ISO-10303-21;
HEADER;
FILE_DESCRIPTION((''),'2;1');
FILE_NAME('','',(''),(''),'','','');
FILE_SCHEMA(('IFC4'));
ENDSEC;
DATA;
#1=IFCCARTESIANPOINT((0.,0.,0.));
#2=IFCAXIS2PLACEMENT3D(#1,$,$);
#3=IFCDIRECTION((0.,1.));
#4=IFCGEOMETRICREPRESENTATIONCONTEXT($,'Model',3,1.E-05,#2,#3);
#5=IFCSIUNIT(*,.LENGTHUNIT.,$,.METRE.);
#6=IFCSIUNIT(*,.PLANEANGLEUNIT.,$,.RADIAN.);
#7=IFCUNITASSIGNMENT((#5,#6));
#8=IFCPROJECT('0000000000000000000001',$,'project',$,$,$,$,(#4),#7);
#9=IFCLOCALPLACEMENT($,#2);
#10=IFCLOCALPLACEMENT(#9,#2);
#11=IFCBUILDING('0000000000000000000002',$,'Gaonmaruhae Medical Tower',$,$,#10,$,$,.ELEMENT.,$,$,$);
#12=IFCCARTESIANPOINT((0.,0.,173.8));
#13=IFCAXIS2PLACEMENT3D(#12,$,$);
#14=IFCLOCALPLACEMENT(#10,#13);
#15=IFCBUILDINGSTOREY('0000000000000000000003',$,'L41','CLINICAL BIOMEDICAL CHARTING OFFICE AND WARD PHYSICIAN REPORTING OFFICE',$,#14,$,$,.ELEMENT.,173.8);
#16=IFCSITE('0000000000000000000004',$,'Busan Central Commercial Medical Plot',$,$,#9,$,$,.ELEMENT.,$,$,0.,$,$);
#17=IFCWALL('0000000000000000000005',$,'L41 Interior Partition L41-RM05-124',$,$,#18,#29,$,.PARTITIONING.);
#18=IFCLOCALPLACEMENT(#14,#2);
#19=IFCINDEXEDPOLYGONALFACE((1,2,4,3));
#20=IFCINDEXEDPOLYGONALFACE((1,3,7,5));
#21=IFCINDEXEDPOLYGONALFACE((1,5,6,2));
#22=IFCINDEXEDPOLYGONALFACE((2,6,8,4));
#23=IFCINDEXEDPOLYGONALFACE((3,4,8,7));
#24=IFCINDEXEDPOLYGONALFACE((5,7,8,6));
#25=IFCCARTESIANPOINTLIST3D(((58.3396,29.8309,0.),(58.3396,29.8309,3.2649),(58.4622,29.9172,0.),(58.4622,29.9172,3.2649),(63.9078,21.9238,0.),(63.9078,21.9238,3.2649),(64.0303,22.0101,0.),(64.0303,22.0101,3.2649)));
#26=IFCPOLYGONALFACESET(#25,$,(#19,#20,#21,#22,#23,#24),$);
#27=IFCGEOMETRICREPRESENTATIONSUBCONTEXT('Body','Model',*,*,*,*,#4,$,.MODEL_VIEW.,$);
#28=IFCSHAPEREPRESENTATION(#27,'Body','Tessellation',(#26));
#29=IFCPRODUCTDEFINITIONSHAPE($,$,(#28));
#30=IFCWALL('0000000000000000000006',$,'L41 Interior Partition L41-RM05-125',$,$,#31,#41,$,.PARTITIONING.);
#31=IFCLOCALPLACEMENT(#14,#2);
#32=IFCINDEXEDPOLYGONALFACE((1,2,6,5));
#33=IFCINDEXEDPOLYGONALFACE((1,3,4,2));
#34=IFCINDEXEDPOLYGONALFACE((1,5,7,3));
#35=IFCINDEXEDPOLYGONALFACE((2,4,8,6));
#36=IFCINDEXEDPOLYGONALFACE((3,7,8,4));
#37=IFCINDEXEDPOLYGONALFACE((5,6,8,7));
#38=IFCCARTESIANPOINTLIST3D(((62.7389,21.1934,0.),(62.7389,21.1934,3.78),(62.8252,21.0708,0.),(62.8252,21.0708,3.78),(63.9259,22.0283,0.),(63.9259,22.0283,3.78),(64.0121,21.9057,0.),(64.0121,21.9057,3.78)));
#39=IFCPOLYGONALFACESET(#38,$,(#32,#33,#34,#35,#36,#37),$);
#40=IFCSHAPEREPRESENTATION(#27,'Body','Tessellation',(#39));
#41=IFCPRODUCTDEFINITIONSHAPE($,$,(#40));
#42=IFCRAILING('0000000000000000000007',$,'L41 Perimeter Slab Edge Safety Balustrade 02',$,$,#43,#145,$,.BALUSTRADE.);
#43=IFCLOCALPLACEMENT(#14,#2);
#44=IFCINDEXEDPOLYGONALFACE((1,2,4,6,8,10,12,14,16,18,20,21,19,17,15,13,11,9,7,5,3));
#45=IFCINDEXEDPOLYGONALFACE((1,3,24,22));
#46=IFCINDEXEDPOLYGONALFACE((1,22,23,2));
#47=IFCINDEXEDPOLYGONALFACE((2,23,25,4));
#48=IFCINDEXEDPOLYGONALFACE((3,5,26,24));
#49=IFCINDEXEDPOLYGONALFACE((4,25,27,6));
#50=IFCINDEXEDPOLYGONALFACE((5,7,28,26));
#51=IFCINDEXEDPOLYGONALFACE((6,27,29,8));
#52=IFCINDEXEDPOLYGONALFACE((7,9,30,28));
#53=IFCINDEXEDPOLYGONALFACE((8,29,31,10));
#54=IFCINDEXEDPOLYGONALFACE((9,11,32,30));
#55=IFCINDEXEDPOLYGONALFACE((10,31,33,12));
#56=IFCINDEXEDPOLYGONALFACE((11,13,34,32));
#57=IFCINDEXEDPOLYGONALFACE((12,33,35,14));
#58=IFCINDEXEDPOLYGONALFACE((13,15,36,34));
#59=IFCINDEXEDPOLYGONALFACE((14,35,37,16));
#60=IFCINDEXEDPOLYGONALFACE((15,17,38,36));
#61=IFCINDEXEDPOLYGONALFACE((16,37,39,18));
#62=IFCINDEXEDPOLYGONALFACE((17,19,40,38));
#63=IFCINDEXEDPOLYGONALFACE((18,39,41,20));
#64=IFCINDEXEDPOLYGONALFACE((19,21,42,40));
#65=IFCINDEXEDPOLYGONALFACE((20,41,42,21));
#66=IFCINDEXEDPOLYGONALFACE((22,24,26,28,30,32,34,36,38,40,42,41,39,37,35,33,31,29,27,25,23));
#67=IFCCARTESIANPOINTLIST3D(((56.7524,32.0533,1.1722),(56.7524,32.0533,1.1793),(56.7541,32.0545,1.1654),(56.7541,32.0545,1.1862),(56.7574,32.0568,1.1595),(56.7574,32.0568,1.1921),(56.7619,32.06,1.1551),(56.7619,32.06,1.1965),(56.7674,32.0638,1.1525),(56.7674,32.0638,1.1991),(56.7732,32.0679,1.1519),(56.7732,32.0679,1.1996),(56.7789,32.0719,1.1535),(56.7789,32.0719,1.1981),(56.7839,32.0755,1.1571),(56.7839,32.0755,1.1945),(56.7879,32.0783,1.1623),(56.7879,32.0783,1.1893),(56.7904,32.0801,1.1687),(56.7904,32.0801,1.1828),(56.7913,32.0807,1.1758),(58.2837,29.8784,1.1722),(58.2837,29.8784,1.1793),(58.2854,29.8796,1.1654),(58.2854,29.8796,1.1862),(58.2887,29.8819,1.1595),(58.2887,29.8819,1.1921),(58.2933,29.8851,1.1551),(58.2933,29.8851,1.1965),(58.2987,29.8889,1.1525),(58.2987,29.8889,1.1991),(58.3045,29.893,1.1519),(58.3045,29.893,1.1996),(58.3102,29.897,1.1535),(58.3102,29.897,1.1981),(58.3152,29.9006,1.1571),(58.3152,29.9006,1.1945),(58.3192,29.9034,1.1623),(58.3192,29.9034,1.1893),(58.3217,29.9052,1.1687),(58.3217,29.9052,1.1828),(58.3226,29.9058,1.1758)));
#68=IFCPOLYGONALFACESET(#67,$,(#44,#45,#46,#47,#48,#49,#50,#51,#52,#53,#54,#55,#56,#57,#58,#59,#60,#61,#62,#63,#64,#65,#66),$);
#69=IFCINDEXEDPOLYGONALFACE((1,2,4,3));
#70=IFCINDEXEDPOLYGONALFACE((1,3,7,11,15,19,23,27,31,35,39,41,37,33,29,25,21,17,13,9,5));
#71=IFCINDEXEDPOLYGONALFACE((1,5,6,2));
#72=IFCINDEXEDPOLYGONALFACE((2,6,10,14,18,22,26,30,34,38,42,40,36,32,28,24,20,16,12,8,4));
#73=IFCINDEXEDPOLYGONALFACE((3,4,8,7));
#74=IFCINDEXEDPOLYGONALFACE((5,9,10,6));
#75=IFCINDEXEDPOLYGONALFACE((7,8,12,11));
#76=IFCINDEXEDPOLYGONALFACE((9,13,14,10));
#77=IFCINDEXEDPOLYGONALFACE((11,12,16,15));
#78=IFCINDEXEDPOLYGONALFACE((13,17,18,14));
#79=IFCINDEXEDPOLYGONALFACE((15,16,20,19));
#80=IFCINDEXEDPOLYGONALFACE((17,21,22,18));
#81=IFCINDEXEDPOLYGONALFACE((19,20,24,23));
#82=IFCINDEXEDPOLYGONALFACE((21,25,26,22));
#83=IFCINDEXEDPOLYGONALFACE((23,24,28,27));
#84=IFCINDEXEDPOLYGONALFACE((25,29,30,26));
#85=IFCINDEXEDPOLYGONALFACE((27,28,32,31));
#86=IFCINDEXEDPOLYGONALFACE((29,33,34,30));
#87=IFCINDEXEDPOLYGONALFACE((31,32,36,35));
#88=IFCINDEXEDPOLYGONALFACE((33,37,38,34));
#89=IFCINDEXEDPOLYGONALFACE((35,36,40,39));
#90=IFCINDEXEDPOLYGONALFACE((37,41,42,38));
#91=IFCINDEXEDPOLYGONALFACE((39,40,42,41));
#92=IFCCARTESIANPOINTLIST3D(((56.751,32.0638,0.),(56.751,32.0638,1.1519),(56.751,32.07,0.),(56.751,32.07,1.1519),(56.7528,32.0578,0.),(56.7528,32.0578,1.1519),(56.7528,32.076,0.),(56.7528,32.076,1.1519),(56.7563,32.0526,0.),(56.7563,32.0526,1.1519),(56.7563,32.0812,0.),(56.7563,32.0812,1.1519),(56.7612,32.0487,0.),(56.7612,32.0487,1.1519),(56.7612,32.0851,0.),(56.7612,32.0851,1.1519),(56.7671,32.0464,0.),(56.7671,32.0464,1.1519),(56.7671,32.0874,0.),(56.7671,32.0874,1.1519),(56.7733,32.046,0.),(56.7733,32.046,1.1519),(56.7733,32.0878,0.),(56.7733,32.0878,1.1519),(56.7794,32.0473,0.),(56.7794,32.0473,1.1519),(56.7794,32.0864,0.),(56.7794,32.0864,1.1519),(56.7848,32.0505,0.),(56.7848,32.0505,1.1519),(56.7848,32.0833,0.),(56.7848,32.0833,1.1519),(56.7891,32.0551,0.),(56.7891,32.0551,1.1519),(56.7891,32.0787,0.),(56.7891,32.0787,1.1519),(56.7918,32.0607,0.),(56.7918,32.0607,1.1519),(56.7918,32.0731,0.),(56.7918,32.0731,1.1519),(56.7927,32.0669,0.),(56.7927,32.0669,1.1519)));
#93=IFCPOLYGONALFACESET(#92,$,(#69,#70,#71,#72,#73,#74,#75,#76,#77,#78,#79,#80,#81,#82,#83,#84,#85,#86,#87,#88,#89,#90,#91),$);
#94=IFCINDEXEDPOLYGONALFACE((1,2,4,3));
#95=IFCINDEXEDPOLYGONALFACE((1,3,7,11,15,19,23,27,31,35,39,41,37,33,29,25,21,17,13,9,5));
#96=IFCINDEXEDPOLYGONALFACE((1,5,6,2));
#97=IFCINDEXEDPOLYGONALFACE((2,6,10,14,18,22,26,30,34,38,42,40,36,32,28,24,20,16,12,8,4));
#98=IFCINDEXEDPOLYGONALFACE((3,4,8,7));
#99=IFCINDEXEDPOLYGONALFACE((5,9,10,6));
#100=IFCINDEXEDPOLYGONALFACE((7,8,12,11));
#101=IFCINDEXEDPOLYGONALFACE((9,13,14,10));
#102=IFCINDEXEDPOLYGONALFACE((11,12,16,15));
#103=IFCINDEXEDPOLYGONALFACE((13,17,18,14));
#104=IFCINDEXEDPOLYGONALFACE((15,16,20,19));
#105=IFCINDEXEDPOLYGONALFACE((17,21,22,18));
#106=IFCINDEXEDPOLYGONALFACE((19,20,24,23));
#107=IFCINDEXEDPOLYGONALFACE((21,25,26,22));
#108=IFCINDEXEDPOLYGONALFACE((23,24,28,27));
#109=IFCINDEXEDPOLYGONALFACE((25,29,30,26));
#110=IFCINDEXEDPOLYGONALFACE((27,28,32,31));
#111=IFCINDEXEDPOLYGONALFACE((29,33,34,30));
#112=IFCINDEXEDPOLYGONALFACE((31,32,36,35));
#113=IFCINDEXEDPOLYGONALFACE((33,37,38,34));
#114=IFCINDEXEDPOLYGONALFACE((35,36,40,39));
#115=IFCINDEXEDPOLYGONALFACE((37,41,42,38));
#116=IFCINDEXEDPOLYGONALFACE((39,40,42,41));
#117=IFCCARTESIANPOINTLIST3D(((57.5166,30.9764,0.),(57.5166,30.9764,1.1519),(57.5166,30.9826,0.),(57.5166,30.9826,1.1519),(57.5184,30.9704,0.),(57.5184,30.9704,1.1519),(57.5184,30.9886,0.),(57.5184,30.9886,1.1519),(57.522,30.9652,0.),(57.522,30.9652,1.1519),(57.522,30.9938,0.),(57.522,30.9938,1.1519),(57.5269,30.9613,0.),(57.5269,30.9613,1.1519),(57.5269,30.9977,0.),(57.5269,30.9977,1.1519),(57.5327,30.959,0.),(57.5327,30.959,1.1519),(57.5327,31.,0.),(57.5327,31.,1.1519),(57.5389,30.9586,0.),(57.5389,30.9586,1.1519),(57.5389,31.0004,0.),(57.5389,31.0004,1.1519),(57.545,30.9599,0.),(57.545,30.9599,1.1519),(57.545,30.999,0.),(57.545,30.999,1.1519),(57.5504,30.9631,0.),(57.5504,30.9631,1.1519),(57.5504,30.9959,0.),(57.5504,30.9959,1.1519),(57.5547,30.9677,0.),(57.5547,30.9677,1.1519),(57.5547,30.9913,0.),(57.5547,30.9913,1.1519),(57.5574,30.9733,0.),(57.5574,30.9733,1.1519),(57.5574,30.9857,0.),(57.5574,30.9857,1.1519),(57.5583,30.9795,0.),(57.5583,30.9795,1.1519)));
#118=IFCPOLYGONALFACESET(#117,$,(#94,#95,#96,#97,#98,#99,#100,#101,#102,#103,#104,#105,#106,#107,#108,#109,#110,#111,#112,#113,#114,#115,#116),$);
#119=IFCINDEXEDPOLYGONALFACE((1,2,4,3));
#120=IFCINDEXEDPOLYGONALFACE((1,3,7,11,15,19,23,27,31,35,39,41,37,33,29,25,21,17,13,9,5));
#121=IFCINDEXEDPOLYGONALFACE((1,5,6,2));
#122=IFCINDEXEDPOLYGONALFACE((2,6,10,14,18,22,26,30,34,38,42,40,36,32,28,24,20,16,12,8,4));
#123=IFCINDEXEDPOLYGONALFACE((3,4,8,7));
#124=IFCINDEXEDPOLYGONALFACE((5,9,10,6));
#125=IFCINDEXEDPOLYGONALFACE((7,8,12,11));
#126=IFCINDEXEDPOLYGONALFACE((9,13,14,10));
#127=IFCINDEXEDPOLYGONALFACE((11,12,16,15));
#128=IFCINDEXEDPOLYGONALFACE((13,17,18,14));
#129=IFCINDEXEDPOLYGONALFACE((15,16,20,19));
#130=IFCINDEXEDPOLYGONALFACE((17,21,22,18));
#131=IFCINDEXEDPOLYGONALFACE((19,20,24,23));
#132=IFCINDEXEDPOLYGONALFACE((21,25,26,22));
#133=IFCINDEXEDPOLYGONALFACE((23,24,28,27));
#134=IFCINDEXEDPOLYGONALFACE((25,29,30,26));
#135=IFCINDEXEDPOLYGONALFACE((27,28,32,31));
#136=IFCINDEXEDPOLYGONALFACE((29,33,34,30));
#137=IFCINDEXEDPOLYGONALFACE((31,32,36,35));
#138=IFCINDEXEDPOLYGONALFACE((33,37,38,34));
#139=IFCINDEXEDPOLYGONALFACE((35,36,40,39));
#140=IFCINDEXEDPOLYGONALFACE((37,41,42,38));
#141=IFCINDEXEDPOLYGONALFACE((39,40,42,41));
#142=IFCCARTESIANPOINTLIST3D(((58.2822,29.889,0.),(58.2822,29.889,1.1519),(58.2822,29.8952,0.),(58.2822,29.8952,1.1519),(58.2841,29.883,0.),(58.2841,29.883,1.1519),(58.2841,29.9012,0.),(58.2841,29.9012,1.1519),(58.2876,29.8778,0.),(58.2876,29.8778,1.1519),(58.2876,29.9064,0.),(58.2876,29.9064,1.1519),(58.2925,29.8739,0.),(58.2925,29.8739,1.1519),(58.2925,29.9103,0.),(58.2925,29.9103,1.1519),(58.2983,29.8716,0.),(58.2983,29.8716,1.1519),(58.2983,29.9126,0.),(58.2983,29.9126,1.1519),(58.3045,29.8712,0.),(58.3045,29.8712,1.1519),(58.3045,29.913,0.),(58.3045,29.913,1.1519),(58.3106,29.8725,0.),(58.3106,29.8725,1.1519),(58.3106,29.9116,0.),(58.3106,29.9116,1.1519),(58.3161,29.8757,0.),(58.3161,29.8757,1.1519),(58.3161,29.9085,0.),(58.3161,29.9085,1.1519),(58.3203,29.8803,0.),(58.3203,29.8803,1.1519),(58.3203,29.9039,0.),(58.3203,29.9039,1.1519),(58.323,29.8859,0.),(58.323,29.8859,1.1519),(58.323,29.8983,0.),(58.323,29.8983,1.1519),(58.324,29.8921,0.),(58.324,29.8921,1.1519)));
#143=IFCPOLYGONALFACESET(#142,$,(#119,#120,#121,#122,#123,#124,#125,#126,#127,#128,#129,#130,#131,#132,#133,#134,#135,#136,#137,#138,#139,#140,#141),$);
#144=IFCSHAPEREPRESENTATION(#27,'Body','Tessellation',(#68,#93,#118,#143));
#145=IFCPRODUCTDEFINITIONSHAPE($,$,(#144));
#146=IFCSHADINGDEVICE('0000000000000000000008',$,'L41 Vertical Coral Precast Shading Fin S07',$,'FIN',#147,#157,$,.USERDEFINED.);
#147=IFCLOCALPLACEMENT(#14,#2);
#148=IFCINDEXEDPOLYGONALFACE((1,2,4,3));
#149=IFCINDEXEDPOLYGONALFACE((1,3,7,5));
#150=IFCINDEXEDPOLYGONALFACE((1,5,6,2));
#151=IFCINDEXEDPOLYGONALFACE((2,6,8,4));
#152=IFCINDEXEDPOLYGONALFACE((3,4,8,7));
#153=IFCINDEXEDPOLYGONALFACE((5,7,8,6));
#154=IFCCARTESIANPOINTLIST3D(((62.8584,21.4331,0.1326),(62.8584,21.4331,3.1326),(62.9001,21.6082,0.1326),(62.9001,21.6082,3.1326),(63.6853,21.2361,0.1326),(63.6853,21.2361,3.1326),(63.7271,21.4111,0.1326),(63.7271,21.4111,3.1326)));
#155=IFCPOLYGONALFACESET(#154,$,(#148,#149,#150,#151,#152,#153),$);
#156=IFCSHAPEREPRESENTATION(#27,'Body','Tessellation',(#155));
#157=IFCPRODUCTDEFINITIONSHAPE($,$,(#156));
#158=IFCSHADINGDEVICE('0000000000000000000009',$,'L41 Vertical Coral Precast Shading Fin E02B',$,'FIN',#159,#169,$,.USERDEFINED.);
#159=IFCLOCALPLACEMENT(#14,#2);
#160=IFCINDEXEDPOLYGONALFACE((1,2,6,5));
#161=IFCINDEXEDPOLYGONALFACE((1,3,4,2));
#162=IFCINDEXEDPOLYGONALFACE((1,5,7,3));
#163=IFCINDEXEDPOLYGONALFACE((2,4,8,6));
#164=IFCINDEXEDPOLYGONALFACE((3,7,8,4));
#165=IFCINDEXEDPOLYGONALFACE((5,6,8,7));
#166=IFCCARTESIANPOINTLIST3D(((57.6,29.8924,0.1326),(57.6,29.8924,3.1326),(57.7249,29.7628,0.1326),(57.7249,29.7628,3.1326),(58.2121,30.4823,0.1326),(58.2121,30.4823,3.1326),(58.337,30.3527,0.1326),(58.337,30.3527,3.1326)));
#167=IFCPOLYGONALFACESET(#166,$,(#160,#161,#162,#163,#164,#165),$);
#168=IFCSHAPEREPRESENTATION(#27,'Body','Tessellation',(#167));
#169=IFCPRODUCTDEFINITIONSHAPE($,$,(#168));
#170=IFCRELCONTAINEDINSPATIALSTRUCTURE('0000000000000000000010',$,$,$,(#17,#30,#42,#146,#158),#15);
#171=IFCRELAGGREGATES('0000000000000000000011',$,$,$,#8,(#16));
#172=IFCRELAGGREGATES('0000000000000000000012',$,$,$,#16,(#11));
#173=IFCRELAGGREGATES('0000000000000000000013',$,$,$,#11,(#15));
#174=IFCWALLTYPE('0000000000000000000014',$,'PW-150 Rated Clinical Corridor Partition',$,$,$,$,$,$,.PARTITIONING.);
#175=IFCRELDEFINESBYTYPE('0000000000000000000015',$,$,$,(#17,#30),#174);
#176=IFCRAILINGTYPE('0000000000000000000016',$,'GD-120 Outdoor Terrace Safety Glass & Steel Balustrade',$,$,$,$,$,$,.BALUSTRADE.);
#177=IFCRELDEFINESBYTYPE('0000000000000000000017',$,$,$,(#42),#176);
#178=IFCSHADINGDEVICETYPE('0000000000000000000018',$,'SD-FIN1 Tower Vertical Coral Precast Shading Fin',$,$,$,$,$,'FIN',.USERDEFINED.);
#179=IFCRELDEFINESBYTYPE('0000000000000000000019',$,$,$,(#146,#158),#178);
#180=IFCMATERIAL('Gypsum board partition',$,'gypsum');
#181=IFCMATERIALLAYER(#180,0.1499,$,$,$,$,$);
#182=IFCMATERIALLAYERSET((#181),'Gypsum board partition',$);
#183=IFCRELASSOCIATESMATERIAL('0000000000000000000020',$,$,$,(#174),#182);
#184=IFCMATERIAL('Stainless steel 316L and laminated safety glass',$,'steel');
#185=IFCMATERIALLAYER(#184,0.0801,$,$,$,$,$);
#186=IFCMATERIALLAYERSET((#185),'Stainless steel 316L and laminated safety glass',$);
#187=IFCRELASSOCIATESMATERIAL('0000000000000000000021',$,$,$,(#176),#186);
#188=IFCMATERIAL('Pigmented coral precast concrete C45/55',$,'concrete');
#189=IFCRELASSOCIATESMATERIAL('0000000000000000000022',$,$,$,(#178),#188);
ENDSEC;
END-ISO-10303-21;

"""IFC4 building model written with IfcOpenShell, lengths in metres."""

from ifc_helpers import new_model, si_unit, direction, frame, frame_2d, origin, origin_2d, place, context, subcontext, project, spatial, rectangle, circle, extrude, material, layer, layer_set, type_object, element, save


model = new_model("IFC4")

# Units and contexts
model_context = context("Model", 3, precision=1e-05, world=origin(), true_north=direction((0.0, 1.0)))
body_context = subcontext(model_context, "Body", "Model", "MODEL_VIEW")
ifc_project = project(units=[si_unit("LENGTHUNIT", "METRE"), si_unit("PLANEANGLEUNIT", "RADIAN")], contexts=[model_context])

# Site, building, storey
site_placement = place(None, origin())
site = spatial("IfcSite", under=ifc_project, at=site_placement, Name="Busan Central Commercial Medical Plot", CompositionType="ELEMENT", RefElevation=0.0)
building_placement = place(site_placement, origin())
building = spatial("IfcBuilding", under=site, at=building_placement, Name="Gaonmaruhae Medical Tower", CompositionType="ELEMENT")
storey_placement = place(building_placement, frame((0.0, 0.0, 173.8)))
storey = spatial("IfcBuildingStorey", under=building, at=storey_placement, Name="L41", Description="CLINICAL BIOMEDICAL CHARTING OFFICE AND WARD PHYSICIAN REPORTING OFFICE", CompositionType="ELEMENT", Elevation=173.8)

# Shared definitions
ifc_material_1 = material(Name="Gypsum board partition", Category="gypsum")
ifc_layer_1 = layer(ifc_material_1, 0.1499)
ifc_layer_set_1 = layer_set([ifc_layer_1], Name="Gypsum board partition")
wall_type_1 = type_object("IfcWallType", Name="PW-150 Rated Clinical Corridor Partition", PredefinedType="PARTITIONING", material=ifc_layer_set_1)

# Walls
wall_1_placement = place(storey_placement, frame((58.4009, 29.874, 0.0), z_axis=(0.0, 0.0, 1.0), x_axis=(0.575766, -0.817615, 0.0)))
element("IfcWall", 1, at=wall_1_placement, inside=storey, type_object=wall_type_1, Name="L41 Interior Partition L41-RM05-124", PredefinedType="PARTITIONING", context=body_context, shape_type="SweptSolid", body=[
    extrude(rectangle(XDim=9.6709, YDim=0.1499, at=frame_2d((4.8354, 0.0))), origin(), (0.0, 0.0, 1.0), 3.2649),
])
wall_2_placement = place(storey_placement, frame((63.969, 21.967, 0.0), z_axis=(0.0, 0.0, 1.0), x_axis=(-0.817918, -0.575335, 0.0)))
element("IfcWall", 2, at=wall_2_placement, inside=storey, type_object=wall_type_1, Name="L41 Interior Partition L41-RM05-125", PredefinedType="PARTITIONING", context=body_context, shape_type="SweptSolid", body=[
    extrude(rectangle(XDim=1.4512, YDim=0.1499, at=frame_2d((0.7256, 0.0))), origin(), (0.0, 0.0, 1.0), 3.78),
])

# Railing
ifc_material_2 = material(Name="Stainless steel 316L and laminated safety glass", Category="steel")
ifc_layer_2 = layer(ifc_material_2, 0.0801)
ifc_layer_set_2 = layer_set([ifc_layer_2], Name="Stainless steel 316L and laminated safety glass")
railing_type = type_object("IfcRailingType", Name="GD-120 Outdoor Terrace Safety Glass & Steel Balustrade", PredefinedType="BALUSTRADE", material=ifc_layer_set_2)
railing_placement = place(storey_placement, frame((56.7717, 32.0669, 0.0)))
element("IfcRailing", 3, at=railing_placement, inside=storey, type_object=railing_type, Name="L41 Perimeter Slab Edge Safety Balustrade 02", PredefinedType="BALUSTRADE", context=body_context, shape_type="SweptSolid", body=[
    extrude(circle(Radius=0.0239, at=origin_2d()), frame((0.0, 0.0, 1.1758), z_axis=(0.575703, -0.817659, 0.0), x_axis=(0.817659, 0.575703, 0.0)), (0.0, 0.0, 1.0), 2.6599),
    extrude(circle(Radius=0.021, at=origin_2d()), origin(), (0.0, 0.0, 1.0), 1.1519),
    extrude(circle(Radius=0.021, at=origin_2d()), frame((0.7656, -1.0874, 0.0)), (0.0, 0.0, 1.0), 1.1519),
    extrude(circle(Radius=0.021, at=origin_2d()), frame((1.5312, -2.1748, 0.0)), (0.0, 0.0, 1.0), 1.1519),
])

# Shading devices
ifc_material_3 = material(Name="Pigmented coral precast concrete C45/55", Category="concrete")
shading_device_type = type_object("IfcShadingDeviceType", Name="SD-FIN1 Tower Vertical Coral Precast Shading Fin", ElementType="FIN", PredefinedType="USERDEFINED", material=ifc_material_3)
for number, where, z_axis, x_axis, name in (
    (4, (63.2927, 21.4221, 0.1326), (0.0, 0.0, 1.0), (-0.231782, -0.972768, 0.0), "L41 Vertical Coral Precast Shading Fin S07"),
    (5, (57.9685, 30.1226, 0.1326), (0.0, 0.0, 1.0), (0.693917, -0.720055, 0.0), "L41 Vertical Coral Precast Shading Fin E02B"),
):
    element("IfcShadingDevice", number, at=place(storey_placement, frame(where, z_axis=z_axis, x_axis=x_axis)), inside=storey, type_object=shading_device_type, Name=name, ObjectType="FIN", PredefinedType="USERDEFINED", context=body_context, shape_type="SweptSolid", body=[
        extrude(rectangle(XDim=0.1799, YDim=0.8501, at=origin_2d()), origin(), (0.0, 0.0, 1.0), 3.0),
    ])

save(model, "model.ifc")
